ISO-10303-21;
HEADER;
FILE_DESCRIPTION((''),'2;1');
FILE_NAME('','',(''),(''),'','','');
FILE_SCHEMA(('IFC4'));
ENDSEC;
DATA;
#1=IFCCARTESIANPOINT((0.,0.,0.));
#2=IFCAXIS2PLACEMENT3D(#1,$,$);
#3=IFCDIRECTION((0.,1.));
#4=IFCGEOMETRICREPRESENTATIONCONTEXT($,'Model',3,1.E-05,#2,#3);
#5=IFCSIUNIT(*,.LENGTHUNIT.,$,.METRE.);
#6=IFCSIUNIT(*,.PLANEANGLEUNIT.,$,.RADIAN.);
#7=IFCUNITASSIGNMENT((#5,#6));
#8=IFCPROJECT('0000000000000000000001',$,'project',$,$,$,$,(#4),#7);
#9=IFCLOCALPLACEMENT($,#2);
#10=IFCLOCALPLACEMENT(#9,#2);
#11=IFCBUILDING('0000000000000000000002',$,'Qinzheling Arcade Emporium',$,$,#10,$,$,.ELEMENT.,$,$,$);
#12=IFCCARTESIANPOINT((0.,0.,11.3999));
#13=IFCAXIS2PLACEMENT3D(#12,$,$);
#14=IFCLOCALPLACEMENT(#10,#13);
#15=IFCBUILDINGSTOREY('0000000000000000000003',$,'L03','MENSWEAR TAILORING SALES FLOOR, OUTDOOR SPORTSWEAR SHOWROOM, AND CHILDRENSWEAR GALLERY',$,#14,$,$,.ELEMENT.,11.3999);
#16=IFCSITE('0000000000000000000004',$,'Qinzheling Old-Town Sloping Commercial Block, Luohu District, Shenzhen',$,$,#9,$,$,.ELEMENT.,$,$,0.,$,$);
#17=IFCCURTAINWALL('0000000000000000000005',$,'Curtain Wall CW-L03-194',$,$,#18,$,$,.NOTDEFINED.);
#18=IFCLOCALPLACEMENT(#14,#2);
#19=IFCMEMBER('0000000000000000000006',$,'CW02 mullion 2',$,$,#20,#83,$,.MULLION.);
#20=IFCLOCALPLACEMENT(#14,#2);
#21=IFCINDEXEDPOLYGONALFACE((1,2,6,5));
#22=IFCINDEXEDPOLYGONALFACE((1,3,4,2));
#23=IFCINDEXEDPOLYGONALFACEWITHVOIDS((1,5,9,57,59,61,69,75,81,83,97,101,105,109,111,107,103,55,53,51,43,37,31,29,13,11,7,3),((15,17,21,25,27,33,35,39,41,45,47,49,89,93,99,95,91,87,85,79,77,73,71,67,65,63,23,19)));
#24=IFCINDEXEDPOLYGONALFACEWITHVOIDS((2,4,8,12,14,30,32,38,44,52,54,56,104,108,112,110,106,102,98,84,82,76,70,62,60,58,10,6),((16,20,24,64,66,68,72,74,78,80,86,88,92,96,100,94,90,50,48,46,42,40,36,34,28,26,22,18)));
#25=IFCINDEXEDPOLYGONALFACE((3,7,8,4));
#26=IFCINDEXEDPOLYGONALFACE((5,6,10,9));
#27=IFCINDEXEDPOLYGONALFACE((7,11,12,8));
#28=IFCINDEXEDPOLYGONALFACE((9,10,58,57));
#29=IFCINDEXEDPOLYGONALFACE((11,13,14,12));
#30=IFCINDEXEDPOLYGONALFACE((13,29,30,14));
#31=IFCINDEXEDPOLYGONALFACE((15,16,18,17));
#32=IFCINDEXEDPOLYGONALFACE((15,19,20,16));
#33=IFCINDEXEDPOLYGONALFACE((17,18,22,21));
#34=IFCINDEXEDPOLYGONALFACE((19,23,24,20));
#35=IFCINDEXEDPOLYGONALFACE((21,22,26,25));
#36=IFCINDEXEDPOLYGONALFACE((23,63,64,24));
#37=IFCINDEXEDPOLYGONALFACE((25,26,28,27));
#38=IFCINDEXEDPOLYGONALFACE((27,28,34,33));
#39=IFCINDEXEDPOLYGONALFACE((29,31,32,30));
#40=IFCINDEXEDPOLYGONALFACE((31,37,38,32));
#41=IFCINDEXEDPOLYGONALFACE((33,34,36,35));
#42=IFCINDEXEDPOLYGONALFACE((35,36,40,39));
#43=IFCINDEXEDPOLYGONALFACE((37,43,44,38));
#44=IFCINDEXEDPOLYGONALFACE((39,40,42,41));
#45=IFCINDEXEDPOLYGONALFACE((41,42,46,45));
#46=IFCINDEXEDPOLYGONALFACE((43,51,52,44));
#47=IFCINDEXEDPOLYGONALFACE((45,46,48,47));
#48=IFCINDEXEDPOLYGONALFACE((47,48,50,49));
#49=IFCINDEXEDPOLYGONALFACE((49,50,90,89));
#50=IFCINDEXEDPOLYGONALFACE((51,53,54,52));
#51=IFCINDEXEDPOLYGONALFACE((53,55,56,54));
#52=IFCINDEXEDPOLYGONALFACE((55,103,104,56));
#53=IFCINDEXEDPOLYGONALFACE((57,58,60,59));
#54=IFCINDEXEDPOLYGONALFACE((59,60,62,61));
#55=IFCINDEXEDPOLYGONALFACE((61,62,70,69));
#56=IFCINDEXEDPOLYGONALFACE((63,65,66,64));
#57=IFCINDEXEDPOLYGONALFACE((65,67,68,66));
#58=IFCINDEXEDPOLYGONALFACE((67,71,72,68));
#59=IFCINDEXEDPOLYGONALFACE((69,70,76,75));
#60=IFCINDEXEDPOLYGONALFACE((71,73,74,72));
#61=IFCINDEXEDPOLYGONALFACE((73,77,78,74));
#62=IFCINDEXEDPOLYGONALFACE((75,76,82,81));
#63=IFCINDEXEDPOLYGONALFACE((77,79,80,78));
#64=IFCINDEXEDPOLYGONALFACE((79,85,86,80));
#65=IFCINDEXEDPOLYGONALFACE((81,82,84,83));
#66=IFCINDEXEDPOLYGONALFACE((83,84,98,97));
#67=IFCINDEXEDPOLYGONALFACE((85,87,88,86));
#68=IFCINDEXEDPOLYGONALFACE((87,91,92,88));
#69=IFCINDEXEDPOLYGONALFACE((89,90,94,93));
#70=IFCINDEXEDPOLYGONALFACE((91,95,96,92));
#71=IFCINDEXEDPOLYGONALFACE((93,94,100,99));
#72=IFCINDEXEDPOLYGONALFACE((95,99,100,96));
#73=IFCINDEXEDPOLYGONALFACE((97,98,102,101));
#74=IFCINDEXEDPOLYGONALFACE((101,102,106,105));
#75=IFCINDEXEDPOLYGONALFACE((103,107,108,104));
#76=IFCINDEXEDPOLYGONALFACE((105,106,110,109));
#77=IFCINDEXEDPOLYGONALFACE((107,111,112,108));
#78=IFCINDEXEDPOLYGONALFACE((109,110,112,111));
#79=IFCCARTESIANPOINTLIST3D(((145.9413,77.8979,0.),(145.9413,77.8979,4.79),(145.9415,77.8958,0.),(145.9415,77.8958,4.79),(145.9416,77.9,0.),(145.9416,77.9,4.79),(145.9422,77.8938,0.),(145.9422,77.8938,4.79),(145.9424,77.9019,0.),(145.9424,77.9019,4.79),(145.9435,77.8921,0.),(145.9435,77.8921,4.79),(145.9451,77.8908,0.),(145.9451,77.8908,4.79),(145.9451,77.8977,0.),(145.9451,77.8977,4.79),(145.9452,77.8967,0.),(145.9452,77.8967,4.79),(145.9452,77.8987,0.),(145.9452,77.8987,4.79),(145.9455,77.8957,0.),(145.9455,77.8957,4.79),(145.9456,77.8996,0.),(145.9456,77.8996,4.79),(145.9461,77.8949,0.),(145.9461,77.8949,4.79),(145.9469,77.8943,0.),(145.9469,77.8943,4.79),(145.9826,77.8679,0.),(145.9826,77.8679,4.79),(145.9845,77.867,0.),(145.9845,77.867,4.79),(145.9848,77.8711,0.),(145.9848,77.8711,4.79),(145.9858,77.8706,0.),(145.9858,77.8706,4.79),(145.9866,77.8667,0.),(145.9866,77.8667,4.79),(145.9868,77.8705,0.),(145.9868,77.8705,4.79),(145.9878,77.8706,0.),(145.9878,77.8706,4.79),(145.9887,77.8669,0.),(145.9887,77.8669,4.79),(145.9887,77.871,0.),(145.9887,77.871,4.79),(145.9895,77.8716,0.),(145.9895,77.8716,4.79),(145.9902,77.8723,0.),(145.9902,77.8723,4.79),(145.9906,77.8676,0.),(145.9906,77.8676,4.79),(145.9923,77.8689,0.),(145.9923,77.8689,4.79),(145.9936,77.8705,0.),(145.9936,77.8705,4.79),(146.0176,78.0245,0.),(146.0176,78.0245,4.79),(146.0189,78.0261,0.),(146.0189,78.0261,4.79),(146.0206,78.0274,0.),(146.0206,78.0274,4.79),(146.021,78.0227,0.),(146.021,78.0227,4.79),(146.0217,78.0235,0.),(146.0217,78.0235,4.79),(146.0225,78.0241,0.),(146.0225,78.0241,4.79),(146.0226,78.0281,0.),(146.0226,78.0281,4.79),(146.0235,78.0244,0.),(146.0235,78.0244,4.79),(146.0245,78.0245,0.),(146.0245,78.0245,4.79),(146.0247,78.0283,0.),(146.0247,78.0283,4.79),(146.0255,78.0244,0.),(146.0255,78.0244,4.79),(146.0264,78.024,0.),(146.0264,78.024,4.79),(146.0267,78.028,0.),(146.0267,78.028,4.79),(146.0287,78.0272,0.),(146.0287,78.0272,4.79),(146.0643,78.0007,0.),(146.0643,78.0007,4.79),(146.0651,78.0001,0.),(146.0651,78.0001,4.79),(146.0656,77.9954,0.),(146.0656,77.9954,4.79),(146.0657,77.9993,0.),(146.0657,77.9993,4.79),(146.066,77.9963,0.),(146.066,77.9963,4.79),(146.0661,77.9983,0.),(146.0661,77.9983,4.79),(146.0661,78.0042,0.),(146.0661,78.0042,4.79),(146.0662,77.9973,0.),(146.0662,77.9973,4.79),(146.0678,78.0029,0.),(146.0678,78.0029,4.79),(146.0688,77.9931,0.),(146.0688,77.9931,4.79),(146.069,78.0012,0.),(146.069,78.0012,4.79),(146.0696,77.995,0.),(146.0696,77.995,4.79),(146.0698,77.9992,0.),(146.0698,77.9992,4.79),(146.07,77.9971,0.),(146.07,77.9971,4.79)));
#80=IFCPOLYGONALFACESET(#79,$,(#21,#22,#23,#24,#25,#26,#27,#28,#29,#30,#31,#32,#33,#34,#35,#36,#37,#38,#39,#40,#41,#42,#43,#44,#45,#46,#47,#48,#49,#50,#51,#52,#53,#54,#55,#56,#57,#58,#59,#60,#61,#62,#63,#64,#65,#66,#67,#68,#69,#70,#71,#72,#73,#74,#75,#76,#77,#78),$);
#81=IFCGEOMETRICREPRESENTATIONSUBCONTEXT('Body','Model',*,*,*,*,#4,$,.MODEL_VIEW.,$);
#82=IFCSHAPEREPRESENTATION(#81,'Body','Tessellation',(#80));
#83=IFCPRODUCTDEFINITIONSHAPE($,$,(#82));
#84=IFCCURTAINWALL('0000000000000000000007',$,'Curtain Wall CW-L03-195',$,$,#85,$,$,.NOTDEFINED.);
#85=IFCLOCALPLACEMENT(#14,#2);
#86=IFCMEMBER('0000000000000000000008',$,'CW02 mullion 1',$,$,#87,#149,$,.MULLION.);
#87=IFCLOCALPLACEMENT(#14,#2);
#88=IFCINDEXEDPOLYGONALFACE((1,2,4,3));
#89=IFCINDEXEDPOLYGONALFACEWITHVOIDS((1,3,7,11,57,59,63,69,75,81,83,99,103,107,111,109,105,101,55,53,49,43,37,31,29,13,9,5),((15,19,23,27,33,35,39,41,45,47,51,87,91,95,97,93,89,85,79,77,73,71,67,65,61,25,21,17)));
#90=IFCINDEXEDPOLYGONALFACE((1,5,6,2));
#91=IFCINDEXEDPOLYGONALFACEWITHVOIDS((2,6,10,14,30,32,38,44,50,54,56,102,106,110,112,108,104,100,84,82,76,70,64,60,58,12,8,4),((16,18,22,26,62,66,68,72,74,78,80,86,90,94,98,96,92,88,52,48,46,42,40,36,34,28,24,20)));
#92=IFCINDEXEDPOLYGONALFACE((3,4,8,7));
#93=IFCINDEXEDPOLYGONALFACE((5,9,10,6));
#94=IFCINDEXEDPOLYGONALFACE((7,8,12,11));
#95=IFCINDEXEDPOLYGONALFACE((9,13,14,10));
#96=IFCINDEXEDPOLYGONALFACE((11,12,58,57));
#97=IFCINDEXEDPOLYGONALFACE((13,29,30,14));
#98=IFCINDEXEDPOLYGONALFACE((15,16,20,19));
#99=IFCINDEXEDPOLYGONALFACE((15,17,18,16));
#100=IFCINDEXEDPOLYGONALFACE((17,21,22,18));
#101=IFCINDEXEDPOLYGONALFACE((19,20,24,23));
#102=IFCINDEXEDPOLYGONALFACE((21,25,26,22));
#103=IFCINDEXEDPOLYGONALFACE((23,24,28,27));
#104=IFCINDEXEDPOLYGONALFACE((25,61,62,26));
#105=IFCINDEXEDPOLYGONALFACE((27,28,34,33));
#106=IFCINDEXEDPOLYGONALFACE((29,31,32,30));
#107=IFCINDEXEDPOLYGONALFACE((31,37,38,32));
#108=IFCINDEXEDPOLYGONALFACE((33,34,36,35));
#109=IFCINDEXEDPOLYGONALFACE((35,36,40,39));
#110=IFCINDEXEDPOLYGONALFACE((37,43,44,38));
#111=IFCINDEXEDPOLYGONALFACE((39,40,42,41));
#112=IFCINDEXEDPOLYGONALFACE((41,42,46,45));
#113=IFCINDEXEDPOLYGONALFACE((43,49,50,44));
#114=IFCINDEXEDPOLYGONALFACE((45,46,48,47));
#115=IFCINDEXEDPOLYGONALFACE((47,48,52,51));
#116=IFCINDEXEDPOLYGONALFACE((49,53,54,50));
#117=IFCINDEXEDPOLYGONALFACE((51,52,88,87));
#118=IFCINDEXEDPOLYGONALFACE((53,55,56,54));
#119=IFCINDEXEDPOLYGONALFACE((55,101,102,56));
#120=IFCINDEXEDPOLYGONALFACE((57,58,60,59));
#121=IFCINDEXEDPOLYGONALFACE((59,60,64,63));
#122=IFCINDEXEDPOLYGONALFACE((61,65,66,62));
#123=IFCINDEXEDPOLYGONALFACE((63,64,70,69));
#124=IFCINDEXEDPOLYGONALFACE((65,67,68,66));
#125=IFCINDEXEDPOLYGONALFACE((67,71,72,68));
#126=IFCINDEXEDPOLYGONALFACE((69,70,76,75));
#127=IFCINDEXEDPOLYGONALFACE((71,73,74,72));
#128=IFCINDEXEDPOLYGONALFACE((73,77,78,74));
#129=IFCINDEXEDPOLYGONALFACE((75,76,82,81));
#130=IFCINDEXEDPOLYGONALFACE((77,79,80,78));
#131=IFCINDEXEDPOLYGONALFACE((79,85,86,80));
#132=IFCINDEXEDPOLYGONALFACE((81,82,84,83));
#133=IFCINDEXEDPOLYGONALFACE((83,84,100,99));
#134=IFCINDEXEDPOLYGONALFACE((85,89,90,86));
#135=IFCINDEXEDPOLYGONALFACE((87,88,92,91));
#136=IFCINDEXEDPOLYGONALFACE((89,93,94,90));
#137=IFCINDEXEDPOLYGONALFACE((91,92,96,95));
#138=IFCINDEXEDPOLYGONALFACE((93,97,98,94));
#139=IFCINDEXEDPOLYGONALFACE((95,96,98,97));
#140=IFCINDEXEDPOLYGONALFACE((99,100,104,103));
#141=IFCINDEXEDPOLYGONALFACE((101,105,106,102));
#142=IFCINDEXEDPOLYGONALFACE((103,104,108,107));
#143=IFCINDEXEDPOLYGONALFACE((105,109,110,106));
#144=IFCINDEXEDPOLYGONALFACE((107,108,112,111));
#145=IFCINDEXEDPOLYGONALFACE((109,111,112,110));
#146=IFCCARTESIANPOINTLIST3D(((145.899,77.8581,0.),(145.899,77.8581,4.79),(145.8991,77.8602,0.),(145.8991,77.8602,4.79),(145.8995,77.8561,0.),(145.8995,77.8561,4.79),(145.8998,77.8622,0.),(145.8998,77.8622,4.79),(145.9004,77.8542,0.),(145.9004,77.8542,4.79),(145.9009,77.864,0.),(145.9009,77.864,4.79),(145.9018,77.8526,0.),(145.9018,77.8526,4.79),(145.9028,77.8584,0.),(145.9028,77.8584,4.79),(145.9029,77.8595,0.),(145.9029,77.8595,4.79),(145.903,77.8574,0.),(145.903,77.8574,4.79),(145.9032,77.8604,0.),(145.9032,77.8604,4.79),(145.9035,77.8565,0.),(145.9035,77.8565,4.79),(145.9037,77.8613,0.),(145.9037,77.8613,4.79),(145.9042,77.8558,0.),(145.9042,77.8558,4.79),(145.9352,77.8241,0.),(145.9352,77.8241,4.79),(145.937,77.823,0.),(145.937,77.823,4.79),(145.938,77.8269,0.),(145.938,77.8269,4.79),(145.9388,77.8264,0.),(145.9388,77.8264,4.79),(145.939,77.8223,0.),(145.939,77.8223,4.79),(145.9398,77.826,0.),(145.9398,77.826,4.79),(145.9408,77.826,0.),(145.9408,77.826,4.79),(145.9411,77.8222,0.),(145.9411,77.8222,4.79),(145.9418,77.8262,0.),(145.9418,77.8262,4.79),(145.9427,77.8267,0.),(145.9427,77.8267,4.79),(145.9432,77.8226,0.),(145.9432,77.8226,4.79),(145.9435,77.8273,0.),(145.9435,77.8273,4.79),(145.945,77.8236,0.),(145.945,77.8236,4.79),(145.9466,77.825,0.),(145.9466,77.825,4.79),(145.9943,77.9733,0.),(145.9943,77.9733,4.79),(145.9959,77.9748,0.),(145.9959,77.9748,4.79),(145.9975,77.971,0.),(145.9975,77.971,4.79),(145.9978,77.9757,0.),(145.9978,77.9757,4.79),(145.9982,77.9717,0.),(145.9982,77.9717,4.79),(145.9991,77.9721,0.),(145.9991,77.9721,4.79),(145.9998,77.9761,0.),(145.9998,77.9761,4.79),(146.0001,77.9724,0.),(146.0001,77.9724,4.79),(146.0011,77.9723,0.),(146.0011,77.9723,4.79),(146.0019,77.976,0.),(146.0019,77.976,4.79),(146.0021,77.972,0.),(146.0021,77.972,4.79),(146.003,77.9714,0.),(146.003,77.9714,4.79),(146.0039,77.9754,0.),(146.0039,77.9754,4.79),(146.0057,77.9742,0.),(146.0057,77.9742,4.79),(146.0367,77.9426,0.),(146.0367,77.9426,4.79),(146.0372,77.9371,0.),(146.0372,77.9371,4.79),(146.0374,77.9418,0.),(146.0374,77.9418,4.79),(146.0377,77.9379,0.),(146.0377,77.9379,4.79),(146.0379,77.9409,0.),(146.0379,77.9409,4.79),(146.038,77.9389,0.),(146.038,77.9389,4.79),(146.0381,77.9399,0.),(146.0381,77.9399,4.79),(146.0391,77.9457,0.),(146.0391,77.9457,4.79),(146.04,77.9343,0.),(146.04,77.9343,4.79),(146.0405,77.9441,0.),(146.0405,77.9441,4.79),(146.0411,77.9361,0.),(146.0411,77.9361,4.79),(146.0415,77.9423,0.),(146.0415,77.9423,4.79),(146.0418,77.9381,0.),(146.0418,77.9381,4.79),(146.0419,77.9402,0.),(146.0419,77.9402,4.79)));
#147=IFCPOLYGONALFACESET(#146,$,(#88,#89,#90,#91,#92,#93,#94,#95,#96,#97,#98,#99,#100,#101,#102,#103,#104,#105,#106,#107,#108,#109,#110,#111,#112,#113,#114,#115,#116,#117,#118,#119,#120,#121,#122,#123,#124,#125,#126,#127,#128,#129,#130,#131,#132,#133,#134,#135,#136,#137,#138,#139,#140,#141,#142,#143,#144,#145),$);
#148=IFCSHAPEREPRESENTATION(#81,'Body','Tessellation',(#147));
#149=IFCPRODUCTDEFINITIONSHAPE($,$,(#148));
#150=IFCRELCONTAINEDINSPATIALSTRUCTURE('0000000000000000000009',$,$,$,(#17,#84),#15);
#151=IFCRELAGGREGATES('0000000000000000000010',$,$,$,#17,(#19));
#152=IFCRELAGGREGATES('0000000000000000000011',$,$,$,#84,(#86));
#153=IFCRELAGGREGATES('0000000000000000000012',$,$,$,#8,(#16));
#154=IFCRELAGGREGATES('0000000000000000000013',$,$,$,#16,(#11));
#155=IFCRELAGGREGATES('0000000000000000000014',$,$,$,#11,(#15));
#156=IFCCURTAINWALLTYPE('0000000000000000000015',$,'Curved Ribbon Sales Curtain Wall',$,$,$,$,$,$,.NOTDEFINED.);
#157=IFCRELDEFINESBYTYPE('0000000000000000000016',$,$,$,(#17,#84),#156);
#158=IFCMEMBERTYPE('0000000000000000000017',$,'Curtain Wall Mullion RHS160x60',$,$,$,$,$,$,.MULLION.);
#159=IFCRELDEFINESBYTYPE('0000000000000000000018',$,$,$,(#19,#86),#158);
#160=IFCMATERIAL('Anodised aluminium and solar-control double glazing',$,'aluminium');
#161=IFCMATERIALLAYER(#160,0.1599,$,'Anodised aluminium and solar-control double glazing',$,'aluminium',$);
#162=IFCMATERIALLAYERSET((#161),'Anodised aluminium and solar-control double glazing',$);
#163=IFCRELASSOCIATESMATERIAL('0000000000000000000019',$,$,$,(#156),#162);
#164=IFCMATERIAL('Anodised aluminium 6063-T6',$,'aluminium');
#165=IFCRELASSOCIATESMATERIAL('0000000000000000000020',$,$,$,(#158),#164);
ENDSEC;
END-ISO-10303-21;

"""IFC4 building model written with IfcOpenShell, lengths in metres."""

from ifc_helpers import new_model, si_unit, direction, frame, origin, origin_2d, place, context, subcontext, project, spatial, hollow_rectangle, extrude, material, layer, layer_set, material_profile, profile_set, type_object, element, aggregate, save


model = new_model("IFC4")

# Units and contexts
model_context = context("Model", 3, precision=1e-05, world=origin(), true_north=direction((0.0, 1.0)))
body_context = subcontext(model_context, "Body", "Model", "MODEL_VIEW")
ifc_project = project(units=[si_unit("LENGTHUNIT", "METRE"), si_unit("PLANEANGLEUNIT", "RADIAN")], contexts=[model_context])

# Site, building, storey
site_placement = place(None, origin())
site = spatial("IfcSite", under=ifc_project, at=site_placement, Name="Qinzheling Old-Town Sloping Commercial Block, Luohu District, Shenzhen", CompositionType="ELEMENT", RefElevation=0.0)
building_placement = place(site_placement, origin())
building = spatial("IfcBuilding", under=site, at=building_placement, Name="Qinzheling Arcade Emporium", CompositionType="ELEMENT")
storey_placement = place(building_placement, frame((0.0, 0.0, 11.3999)))
storey = spatial("IfcBuildingStorey", under=building, at=storey_placement, Name="L03", Description="MENSWEAR TAILORING SALES FLOOR, OUTDOOR SPORTSWEAR SHOWROOM, AND CHILDRENSWEAR GALLERY", CompositionType="ELEMENT", Elevation=11.3999)

# Curtain wall, member
ifc_material_1 = material(Name="Anodised aluminium and solar-control double glazing", Category="aluminium")
ifc_layer_1 = layer(ifc_material_1, 0.1599, Name="Anodised aluminium and solar-control double glazing", Category="aluminium")
ifc_layer_set_1 = layer_set([ifc_layer_1], Name="Anodised aluminium and solar-control double glazing")
curtain_wall_type = type_object("IfcCurtainWallType", Name="Curved Ribbon Sales Curtain Wall", PredefinedType="NOTDEFINED", material=ifc_layer_set_1)
curtain_wall_1_placement = place(storey_placement, origin())
curtain_wall_1 = element("IfcCurtainWall", 1, at=curtain_wall_1_placement, inside=storey, type_object=curtain_wall_type, Name="Curtain Wall CW-L03-194", PredefinedType="NOTDEFINED")
ifc_material_2 = material(Name="Anodised aluminium 6063-T6", Category="aluminium")
ifc_material_profile_1 = material_profile(ifc_material_2, hollow_rectangle(XDim=0.0601, YDim=0.1599, WallThickness=0.0039, InnerFilletRadius=0.0039, OuterFilletRadius=0.0081, at=origin_2d()), Name="RHS 160x60x4", Category="aluminium")
ifc_profile_set_1 = profile_set([ifc_material_profile_1], Name="Anodised aluminium 6063-T6")
member_type_1 = type_object("IfcMemberType", Name="Curtain Wall Mullion RHS160x60", PredefinedType="MULLION", material=ifc_profile_set_1)
member_1_placement = place(storey_placement, frame((146.0056, 77.9475, 0.0), z_axis=(0.0, 0.0, 1.0), x_axis=(0.85262, -0.522532, 0.0)))
member_1 = element("IfcMember", 2, at=member_1_placement, type_object=member_type_1, Name="CW02 mullion 2", PredefinedType="MULLION", context=body_context, shape_type="SweptSolid", body=[
    extrude(hollow_rectangle(XDim=0.0601, YDim=0.1599, WallThickness=0.0039, InnerFilletRadius=0.0039, OuterFilletRadius=0.0081, at=origin_2d()), origin(), (0.0, 0.0, 1.0), 4.79),
])

# Curtain wall, member
curtain_wall_2_placement = place(storey_placement, origin())
curtain_wall_2 = element("IfcCurtainWall", 3, at=curtain_wall_2_placement, inside=storey, type_object=curtain_wall_type, Name="Curtain Wall CW-L03-195", PredefinedType="NOTDEFINED")
member_2_placement = place(storey_placement, frame((145.9705, 77.8992, 0.0), z_axis=(0.0, 0.0, 1.0), x_axis=(0.76038, -0.649478, 0.0)))
member_2 = element("IfcMember", 4, at=member_2_placement, type_object=member_type_1, Name="CW02 mullion 1", PredefinedType="MULLION", context=body_context, shape_type="SweptSolid", body=[
    extrude(hollow_rectangle(XDim=0.0601, YDim=0.1599, WallThickness=0.0039, InnerFilletRadius=0.0039, OuterFilletRadius=0.0081, at=origin_2d()), origin(), (0.0, 0.0, 1.0), 4.79),
])

aggregate(curtain_wall_1, [member_1])
aggregate(curtain_wall_2, [member_2])

save(model, "model.ifc")
